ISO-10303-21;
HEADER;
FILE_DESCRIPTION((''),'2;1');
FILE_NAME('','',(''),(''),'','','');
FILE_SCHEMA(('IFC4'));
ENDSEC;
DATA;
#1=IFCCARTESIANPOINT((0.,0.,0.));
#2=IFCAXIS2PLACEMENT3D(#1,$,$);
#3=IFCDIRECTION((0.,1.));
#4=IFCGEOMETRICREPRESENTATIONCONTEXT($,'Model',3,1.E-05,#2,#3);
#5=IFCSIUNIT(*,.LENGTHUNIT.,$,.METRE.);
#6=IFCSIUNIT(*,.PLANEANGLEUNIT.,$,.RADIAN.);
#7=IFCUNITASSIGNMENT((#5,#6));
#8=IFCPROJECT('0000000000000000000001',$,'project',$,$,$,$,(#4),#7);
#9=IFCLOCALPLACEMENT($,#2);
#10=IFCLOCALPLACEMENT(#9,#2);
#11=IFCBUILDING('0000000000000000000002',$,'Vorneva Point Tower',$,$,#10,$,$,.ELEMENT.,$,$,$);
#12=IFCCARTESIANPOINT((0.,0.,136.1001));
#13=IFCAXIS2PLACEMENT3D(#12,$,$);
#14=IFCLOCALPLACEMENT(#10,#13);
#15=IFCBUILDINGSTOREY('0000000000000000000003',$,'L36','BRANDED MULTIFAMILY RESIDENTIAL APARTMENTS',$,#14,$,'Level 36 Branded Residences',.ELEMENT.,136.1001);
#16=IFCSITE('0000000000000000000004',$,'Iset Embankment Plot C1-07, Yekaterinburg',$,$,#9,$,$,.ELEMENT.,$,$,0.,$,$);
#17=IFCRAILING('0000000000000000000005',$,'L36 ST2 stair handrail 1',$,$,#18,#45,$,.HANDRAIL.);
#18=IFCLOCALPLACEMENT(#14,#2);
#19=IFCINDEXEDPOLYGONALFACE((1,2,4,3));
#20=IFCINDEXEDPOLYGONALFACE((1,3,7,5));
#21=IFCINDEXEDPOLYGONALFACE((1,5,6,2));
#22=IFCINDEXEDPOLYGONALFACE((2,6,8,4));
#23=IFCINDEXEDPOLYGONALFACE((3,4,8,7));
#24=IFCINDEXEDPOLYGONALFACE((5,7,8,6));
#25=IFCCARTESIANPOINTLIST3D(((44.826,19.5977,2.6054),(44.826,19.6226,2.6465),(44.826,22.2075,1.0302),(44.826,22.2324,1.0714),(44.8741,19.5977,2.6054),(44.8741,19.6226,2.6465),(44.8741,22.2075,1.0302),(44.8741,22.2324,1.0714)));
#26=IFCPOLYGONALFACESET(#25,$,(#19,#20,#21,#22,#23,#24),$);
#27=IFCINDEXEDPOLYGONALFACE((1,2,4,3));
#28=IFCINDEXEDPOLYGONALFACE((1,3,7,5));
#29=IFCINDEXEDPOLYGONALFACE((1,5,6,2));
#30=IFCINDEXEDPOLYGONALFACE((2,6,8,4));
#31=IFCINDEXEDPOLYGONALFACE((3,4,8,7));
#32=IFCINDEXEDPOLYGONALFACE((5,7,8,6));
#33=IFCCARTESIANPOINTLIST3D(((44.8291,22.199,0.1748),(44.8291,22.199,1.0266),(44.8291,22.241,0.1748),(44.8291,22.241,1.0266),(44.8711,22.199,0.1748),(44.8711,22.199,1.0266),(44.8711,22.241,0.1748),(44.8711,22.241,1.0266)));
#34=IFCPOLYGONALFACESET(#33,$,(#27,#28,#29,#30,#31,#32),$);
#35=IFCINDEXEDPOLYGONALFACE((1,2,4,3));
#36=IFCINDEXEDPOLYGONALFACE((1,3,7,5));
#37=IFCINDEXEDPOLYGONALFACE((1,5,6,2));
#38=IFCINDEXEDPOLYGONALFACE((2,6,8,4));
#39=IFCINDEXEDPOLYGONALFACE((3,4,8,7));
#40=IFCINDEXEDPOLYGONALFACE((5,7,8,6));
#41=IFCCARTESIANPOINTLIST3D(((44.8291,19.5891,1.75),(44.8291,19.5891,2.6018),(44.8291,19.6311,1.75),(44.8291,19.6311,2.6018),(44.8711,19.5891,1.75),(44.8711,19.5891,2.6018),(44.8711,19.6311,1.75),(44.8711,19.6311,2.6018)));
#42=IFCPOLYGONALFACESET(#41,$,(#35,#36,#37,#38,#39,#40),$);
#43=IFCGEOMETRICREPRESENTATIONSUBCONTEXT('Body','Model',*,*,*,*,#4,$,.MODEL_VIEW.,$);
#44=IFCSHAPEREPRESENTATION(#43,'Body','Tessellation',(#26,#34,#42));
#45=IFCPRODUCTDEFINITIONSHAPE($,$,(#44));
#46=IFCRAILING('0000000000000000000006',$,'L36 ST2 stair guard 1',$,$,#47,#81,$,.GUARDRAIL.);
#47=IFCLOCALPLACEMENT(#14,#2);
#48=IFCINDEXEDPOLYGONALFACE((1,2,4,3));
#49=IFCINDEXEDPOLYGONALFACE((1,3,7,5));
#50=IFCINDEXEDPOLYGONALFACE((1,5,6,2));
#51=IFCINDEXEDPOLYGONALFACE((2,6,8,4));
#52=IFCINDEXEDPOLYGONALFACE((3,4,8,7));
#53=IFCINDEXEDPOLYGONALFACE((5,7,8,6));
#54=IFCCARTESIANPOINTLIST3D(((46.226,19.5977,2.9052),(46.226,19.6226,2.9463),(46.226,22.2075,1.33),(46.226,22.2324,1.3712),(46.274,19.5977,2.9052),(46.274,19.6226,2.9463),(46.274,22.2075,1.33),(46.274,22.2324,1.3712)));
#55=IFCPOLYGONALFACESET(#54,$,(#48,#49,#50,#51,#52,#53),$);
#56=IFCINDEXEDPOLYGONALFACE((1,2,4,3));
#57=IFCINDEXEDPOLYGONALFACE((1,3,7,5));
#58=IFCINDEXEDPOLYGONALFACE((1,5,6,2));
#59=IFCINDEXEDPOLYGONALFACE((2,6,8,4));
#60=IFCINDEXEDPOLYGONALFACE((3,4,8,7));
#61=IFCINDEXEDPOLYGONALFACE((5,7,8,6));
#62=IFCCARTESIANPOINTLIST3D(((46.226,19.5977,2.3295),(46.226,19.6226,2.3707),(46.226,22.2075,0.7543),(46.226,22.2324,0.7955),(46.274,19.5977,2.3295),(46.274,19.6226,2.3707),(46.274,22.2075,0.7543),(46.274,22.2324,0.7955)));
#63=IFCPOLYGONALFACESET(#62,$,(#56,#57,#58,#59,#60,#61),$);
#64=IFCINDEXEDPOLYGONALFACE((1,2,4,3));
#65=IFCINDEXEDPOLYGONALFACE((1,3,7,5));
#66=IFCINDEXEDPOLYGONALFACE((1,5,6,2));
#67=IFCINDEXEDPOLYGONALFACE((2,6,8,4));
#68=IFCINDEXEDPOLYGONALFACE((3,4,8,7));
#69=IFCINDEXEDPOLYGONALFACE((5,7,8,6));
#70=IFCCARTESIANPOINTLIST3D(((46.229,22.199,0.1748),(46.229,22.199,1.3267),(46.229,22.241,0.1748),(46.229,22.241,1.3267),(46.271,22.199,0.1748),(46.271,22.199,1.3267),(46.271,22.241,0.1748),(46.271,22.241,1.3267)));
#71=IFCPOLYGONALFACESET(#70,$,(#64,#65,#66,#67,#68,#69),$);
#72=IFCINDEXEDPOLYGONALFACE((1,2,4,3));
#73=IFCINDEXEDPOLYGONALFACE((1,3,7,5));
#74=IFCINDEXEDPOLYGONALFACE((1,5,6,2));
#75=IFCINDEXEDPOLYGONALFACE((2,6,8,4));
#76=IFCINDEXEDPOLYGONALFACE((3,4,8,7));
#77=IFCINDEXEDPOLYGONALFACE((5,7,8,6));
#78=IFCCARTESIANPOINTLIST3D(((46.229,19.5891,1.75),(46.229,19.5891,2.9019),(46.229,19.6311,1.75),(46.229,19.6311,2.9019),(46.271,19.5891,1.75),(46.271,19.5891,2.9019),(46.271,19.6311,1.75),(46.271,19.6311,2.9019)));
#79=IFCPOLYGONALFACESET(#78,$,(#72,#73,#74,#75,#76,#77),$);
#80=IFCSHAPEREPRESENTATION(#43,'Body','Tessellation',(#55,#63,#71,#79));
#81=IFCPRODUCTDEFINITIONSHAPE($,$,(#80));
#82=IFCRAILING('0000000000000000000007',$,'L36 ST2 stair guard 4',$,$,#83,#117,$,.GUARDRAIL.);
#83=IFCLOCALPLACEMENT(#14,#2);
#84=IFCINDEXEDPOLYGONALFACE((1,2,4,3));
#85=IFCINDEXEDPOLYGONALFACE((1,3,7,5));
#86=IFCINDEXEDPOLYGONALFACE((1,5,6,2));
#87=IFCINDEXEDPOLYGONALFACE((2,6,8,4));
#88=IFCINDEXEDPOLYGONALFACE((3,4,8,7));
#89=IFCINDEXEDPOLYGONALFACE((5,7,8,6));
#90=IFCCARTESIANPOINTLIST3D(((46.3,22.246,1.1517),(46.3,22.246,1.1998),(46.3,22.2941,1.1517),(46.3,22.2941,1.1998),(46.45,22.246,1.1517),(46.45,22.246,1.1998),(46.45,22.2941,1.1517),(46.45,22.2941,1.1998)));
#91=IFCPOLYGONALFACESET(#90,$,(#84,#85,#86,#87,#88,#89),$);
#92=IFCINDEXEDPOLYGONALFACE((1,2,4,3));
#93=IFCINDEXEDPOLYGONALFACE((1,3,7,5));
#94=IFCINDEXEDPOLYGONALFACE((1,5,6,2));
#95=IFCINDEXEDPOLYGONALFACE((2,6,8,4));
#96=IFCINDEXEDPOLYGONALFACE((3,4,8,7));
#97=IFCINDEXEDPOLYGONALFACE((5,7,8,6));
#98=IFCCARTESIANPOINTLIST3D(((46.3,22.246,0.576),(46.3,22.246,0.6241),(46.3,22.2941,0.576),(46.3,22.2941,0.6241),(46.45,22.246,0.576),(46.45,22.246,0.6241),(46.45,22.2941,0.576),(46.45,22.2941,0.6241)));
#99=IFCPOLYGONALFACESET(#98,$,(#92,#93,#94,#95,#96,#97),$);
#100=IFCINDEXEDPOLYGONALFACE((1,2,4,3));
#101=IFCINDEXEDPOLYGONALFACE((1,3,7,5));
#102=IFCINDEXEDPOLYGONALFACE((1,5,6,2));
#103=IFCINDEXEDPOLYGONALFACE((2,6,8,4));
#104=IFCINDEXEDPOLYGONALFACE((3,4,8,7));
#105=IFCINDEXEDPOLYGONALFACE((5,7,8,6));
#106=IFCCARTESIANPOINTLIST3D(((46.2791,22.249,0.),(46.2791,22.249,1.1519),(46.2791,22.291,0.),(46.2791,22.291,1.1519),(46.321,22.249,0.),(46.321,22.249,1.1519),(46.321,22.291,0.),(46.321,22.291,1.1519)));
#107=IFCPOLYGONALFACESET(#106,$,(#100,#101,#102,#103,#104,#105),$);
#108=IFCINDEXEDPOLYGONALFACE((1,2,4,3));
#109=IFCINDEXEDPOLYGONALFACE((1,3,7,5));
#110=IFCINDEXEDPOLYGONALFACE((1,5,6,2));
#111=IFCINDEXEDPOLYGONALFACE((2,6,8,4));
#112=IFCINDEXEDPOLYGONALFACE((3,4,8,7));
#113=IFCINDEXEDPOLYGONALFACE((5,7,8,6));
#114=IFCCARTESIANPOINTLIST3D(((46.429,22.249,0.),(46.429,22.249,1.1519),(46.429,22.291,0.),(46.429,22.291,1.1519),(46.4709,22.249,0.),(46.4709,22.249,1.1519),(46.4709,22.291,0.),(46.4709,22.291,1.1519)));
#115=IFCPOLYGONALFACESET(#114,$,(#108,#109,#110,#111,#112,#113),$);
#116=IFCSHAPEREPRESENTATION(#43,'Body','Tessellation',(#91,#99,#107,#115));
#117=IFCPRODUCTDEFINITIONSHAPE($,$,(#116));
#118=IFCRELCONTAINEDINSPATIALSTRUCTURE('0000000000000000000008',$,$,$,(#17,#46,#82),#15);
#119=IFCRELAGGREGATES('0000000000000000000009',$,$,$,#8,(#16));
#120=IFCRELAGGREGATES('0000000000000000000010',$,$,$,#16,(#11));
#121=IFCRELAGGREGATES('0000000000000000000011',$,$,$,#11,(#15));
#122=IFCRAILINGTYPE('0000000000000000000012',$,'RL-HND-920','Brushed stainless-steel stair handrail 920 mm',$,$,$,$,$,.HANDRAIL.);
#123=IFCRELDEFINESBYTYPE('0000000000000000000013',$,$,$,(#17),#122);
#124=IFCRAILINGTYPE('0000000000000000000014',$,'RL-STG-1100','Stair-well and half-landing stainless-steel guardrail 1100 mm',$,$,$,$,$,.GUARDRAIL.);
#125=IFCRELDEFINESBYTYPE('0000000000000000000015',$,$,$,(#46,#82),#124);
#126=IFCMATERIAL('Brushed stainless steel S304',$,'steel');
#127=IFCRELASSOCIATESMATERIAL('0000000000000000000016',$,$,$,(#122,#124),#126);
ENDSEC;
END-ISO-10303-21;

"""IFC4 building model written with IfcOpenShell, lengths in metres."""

from ifc_helpers import new_model, si_unit, direction, frame, origin, origin_2d, place, context, subcontext, project, spatial, rectangle, extrude, material, type_object, element, save


model = new_model("IFC4")

# Units and contexts
model_context = context("Model", 3, precision=1e-05, world=origin(), true_north=direction((0.0, 1.0)))
body_context = subcontext(model_context, "Body", "Model", "MODEL_VIEW")
ifc_project = project(units=[si_unit("LENGTHUNIT", "METRE"), si_unit("PLANEANGLEUNIT", "RADIAN")], contexts=[model_context])

# Site, building, storey
site_placement = place(None, origin())
site = spatial("IfcSite", under=ifc_project, at=site_placement, Name="Iset Embankment Plot C1-07, Yekaterinburg", CompositionType="ELEMENT", RefElevation=0.0)
building_placement = place(site_placement, origin())
building = spatial("IfcBuilding", under=site, at=building_placement, Name="Vorneva Point Tower", CompositionType="ELEMENT")
storey_placement = place(building_placement, frame((0.0, 0.0, 136.1001)))
storey = spatial("IfcBuildingStorey", under=building, at=storey_placement, Name="L36", Description="BRANDED MULTIFAMILY RESIDENTIAL APARTMENTS", LongName="Level 36 Branded Residences", CompositionType="ELEMENT", Elevation=136.1001)

# Shared definitions
ifc_material_1 = material(Name="Brushed stainless steel S304", Category="steel")

# Railings
railing_type_1 = type_object("IfcRailingType", Name="RL-HND-920", Description="Brushed stainless-steel stair handrail 920 mm", PredefinedType="HANDRAIL", material=ifc_material_1)
railing_1_placement = place(storey_placement, frame((44.8501, 22.22, 0.1748)))
element("IfcRailing", 1, at=railing_1_placement, inside=storey, type_object=railing_type_1, Name="L36 ST2 stair handrail 1", PredefinedType="HANDRAIL", context=body_context, shape_type="SweptSolid", body=[
    extrude(rectangle(XDim=0.0481, YDim=0.0481, at=origin_2d()), frame((0.0, 0.0, 0.876), z_axis=(0.0, -0.856147, 0.516732), x_axis=(1.0, 0.0, 0.0)), (0.0, 0.0, 1.0), 3.0483),
    extrude(rectangle(XDim=0.042, YDim=0.042, at=origin_2d()), origin(), (0.0, 0.0, 1.0), 0.8518),
    extrude(rectangle(XDim=0.042, YDim=0.042, at=origin_2d()), frame((0.0, -2.6099, 1.5752)), (0.0, 0.0, 1.0), 0.8518),
])
railing_type_2 = type_object("IfcRailingType", Name="RL-STG-1100", Description="Stair-well and half-landing stainless-steel guardrail 1100 mm", PredefinedType="GUARDRAIL", material=ifc_material_1)
railing_2_placement = place(storey_placement, frame((46.25, 22.22, 0.1748)))
element("IfcRailing", 2, at=railing_2_placement, inside=storey, type_object=railing_type_2, Name="L36 ST2 stair guard 1", PredefinedType="GUARDRAIL", context=body_context, shape_type="SweptSolid", body=[
    extrude(rectangle(XDim=0.0481, YDim=0.0481, at=origin_2d()), frame((0.0, 0.0, 1.1758), z_axis=(0.0, -0.856147, 0.516732), x_axis=(1.0, 0.0, 0.0)), (0.0, 0.0, 1.0), 3.0483),
    extrude(rectangle(XDim=0.0481, YDim=0.0481, at=origin_2d()), frame((0.0, 0.0, 0.6001), z_axis=(0.0, -0.856147, 0.516732), x_axis=(1.0, 0.0, 0.0)), (0.0, 0.0, 1.0), 3.0483),
    extrude(rectangle(XDim=0.042, YDim=0.042, at=origin_2d()), origin(), (0.0, 0.0, 1.0), 1.1519),
    extrude(rectangle(XDim=0.042, YDim=0.042, at=origin_2d()), frame((0.0, -2.6099, 1.5752)), (0.0, 0.0, 1.0), 1.1519),
])
railing_3_placement = place(storey_placement, frame((46.3, 22.27, 0.0)))
element("IfcRailing", 3, at=railing_3_placement, inside=storey, type_object=railing_type_2, Name="L36 ST2 stair guard 4", PredefinedType="GUARDRAIL", context=body_context, shape_type="SweptSolid", body=[
    extrude(rectangle(XDim=0.0481, YDim=0.0481, at=origin_2d()), frame((0.0, 0.0, 1.1758), z_axis=(1.0, 0.0, 0.0), x_axis=(0.0, 1.0, 0.0)), (0.0, 0.0, 1.0), 0.1499),
    extrude(rectangle(XDim=0.0481, YDim=0.0481, at=origin_2d()), frame((0.0, 0.0, 0.6001), z_axis=(1.0, 0.0, 0.0), x_axis=(0.0, 1.0, 0.0)), (0.0, 0.0, 1.0), 0.1499),
    extrude(rectangle(XDim=0.042, YDim=0.042, at=origin_2d()), origin(), (0.0, 0.0, 1.0), 1.1519),
    extrude(rectangle(XDim=0.042, YDim=0.042, at=origin_2d()), frame((0.1499, 0.0, 0.0)), (0.0, 0.0, 1.0), 1.1519),
])

save(model, "model.ifc")
